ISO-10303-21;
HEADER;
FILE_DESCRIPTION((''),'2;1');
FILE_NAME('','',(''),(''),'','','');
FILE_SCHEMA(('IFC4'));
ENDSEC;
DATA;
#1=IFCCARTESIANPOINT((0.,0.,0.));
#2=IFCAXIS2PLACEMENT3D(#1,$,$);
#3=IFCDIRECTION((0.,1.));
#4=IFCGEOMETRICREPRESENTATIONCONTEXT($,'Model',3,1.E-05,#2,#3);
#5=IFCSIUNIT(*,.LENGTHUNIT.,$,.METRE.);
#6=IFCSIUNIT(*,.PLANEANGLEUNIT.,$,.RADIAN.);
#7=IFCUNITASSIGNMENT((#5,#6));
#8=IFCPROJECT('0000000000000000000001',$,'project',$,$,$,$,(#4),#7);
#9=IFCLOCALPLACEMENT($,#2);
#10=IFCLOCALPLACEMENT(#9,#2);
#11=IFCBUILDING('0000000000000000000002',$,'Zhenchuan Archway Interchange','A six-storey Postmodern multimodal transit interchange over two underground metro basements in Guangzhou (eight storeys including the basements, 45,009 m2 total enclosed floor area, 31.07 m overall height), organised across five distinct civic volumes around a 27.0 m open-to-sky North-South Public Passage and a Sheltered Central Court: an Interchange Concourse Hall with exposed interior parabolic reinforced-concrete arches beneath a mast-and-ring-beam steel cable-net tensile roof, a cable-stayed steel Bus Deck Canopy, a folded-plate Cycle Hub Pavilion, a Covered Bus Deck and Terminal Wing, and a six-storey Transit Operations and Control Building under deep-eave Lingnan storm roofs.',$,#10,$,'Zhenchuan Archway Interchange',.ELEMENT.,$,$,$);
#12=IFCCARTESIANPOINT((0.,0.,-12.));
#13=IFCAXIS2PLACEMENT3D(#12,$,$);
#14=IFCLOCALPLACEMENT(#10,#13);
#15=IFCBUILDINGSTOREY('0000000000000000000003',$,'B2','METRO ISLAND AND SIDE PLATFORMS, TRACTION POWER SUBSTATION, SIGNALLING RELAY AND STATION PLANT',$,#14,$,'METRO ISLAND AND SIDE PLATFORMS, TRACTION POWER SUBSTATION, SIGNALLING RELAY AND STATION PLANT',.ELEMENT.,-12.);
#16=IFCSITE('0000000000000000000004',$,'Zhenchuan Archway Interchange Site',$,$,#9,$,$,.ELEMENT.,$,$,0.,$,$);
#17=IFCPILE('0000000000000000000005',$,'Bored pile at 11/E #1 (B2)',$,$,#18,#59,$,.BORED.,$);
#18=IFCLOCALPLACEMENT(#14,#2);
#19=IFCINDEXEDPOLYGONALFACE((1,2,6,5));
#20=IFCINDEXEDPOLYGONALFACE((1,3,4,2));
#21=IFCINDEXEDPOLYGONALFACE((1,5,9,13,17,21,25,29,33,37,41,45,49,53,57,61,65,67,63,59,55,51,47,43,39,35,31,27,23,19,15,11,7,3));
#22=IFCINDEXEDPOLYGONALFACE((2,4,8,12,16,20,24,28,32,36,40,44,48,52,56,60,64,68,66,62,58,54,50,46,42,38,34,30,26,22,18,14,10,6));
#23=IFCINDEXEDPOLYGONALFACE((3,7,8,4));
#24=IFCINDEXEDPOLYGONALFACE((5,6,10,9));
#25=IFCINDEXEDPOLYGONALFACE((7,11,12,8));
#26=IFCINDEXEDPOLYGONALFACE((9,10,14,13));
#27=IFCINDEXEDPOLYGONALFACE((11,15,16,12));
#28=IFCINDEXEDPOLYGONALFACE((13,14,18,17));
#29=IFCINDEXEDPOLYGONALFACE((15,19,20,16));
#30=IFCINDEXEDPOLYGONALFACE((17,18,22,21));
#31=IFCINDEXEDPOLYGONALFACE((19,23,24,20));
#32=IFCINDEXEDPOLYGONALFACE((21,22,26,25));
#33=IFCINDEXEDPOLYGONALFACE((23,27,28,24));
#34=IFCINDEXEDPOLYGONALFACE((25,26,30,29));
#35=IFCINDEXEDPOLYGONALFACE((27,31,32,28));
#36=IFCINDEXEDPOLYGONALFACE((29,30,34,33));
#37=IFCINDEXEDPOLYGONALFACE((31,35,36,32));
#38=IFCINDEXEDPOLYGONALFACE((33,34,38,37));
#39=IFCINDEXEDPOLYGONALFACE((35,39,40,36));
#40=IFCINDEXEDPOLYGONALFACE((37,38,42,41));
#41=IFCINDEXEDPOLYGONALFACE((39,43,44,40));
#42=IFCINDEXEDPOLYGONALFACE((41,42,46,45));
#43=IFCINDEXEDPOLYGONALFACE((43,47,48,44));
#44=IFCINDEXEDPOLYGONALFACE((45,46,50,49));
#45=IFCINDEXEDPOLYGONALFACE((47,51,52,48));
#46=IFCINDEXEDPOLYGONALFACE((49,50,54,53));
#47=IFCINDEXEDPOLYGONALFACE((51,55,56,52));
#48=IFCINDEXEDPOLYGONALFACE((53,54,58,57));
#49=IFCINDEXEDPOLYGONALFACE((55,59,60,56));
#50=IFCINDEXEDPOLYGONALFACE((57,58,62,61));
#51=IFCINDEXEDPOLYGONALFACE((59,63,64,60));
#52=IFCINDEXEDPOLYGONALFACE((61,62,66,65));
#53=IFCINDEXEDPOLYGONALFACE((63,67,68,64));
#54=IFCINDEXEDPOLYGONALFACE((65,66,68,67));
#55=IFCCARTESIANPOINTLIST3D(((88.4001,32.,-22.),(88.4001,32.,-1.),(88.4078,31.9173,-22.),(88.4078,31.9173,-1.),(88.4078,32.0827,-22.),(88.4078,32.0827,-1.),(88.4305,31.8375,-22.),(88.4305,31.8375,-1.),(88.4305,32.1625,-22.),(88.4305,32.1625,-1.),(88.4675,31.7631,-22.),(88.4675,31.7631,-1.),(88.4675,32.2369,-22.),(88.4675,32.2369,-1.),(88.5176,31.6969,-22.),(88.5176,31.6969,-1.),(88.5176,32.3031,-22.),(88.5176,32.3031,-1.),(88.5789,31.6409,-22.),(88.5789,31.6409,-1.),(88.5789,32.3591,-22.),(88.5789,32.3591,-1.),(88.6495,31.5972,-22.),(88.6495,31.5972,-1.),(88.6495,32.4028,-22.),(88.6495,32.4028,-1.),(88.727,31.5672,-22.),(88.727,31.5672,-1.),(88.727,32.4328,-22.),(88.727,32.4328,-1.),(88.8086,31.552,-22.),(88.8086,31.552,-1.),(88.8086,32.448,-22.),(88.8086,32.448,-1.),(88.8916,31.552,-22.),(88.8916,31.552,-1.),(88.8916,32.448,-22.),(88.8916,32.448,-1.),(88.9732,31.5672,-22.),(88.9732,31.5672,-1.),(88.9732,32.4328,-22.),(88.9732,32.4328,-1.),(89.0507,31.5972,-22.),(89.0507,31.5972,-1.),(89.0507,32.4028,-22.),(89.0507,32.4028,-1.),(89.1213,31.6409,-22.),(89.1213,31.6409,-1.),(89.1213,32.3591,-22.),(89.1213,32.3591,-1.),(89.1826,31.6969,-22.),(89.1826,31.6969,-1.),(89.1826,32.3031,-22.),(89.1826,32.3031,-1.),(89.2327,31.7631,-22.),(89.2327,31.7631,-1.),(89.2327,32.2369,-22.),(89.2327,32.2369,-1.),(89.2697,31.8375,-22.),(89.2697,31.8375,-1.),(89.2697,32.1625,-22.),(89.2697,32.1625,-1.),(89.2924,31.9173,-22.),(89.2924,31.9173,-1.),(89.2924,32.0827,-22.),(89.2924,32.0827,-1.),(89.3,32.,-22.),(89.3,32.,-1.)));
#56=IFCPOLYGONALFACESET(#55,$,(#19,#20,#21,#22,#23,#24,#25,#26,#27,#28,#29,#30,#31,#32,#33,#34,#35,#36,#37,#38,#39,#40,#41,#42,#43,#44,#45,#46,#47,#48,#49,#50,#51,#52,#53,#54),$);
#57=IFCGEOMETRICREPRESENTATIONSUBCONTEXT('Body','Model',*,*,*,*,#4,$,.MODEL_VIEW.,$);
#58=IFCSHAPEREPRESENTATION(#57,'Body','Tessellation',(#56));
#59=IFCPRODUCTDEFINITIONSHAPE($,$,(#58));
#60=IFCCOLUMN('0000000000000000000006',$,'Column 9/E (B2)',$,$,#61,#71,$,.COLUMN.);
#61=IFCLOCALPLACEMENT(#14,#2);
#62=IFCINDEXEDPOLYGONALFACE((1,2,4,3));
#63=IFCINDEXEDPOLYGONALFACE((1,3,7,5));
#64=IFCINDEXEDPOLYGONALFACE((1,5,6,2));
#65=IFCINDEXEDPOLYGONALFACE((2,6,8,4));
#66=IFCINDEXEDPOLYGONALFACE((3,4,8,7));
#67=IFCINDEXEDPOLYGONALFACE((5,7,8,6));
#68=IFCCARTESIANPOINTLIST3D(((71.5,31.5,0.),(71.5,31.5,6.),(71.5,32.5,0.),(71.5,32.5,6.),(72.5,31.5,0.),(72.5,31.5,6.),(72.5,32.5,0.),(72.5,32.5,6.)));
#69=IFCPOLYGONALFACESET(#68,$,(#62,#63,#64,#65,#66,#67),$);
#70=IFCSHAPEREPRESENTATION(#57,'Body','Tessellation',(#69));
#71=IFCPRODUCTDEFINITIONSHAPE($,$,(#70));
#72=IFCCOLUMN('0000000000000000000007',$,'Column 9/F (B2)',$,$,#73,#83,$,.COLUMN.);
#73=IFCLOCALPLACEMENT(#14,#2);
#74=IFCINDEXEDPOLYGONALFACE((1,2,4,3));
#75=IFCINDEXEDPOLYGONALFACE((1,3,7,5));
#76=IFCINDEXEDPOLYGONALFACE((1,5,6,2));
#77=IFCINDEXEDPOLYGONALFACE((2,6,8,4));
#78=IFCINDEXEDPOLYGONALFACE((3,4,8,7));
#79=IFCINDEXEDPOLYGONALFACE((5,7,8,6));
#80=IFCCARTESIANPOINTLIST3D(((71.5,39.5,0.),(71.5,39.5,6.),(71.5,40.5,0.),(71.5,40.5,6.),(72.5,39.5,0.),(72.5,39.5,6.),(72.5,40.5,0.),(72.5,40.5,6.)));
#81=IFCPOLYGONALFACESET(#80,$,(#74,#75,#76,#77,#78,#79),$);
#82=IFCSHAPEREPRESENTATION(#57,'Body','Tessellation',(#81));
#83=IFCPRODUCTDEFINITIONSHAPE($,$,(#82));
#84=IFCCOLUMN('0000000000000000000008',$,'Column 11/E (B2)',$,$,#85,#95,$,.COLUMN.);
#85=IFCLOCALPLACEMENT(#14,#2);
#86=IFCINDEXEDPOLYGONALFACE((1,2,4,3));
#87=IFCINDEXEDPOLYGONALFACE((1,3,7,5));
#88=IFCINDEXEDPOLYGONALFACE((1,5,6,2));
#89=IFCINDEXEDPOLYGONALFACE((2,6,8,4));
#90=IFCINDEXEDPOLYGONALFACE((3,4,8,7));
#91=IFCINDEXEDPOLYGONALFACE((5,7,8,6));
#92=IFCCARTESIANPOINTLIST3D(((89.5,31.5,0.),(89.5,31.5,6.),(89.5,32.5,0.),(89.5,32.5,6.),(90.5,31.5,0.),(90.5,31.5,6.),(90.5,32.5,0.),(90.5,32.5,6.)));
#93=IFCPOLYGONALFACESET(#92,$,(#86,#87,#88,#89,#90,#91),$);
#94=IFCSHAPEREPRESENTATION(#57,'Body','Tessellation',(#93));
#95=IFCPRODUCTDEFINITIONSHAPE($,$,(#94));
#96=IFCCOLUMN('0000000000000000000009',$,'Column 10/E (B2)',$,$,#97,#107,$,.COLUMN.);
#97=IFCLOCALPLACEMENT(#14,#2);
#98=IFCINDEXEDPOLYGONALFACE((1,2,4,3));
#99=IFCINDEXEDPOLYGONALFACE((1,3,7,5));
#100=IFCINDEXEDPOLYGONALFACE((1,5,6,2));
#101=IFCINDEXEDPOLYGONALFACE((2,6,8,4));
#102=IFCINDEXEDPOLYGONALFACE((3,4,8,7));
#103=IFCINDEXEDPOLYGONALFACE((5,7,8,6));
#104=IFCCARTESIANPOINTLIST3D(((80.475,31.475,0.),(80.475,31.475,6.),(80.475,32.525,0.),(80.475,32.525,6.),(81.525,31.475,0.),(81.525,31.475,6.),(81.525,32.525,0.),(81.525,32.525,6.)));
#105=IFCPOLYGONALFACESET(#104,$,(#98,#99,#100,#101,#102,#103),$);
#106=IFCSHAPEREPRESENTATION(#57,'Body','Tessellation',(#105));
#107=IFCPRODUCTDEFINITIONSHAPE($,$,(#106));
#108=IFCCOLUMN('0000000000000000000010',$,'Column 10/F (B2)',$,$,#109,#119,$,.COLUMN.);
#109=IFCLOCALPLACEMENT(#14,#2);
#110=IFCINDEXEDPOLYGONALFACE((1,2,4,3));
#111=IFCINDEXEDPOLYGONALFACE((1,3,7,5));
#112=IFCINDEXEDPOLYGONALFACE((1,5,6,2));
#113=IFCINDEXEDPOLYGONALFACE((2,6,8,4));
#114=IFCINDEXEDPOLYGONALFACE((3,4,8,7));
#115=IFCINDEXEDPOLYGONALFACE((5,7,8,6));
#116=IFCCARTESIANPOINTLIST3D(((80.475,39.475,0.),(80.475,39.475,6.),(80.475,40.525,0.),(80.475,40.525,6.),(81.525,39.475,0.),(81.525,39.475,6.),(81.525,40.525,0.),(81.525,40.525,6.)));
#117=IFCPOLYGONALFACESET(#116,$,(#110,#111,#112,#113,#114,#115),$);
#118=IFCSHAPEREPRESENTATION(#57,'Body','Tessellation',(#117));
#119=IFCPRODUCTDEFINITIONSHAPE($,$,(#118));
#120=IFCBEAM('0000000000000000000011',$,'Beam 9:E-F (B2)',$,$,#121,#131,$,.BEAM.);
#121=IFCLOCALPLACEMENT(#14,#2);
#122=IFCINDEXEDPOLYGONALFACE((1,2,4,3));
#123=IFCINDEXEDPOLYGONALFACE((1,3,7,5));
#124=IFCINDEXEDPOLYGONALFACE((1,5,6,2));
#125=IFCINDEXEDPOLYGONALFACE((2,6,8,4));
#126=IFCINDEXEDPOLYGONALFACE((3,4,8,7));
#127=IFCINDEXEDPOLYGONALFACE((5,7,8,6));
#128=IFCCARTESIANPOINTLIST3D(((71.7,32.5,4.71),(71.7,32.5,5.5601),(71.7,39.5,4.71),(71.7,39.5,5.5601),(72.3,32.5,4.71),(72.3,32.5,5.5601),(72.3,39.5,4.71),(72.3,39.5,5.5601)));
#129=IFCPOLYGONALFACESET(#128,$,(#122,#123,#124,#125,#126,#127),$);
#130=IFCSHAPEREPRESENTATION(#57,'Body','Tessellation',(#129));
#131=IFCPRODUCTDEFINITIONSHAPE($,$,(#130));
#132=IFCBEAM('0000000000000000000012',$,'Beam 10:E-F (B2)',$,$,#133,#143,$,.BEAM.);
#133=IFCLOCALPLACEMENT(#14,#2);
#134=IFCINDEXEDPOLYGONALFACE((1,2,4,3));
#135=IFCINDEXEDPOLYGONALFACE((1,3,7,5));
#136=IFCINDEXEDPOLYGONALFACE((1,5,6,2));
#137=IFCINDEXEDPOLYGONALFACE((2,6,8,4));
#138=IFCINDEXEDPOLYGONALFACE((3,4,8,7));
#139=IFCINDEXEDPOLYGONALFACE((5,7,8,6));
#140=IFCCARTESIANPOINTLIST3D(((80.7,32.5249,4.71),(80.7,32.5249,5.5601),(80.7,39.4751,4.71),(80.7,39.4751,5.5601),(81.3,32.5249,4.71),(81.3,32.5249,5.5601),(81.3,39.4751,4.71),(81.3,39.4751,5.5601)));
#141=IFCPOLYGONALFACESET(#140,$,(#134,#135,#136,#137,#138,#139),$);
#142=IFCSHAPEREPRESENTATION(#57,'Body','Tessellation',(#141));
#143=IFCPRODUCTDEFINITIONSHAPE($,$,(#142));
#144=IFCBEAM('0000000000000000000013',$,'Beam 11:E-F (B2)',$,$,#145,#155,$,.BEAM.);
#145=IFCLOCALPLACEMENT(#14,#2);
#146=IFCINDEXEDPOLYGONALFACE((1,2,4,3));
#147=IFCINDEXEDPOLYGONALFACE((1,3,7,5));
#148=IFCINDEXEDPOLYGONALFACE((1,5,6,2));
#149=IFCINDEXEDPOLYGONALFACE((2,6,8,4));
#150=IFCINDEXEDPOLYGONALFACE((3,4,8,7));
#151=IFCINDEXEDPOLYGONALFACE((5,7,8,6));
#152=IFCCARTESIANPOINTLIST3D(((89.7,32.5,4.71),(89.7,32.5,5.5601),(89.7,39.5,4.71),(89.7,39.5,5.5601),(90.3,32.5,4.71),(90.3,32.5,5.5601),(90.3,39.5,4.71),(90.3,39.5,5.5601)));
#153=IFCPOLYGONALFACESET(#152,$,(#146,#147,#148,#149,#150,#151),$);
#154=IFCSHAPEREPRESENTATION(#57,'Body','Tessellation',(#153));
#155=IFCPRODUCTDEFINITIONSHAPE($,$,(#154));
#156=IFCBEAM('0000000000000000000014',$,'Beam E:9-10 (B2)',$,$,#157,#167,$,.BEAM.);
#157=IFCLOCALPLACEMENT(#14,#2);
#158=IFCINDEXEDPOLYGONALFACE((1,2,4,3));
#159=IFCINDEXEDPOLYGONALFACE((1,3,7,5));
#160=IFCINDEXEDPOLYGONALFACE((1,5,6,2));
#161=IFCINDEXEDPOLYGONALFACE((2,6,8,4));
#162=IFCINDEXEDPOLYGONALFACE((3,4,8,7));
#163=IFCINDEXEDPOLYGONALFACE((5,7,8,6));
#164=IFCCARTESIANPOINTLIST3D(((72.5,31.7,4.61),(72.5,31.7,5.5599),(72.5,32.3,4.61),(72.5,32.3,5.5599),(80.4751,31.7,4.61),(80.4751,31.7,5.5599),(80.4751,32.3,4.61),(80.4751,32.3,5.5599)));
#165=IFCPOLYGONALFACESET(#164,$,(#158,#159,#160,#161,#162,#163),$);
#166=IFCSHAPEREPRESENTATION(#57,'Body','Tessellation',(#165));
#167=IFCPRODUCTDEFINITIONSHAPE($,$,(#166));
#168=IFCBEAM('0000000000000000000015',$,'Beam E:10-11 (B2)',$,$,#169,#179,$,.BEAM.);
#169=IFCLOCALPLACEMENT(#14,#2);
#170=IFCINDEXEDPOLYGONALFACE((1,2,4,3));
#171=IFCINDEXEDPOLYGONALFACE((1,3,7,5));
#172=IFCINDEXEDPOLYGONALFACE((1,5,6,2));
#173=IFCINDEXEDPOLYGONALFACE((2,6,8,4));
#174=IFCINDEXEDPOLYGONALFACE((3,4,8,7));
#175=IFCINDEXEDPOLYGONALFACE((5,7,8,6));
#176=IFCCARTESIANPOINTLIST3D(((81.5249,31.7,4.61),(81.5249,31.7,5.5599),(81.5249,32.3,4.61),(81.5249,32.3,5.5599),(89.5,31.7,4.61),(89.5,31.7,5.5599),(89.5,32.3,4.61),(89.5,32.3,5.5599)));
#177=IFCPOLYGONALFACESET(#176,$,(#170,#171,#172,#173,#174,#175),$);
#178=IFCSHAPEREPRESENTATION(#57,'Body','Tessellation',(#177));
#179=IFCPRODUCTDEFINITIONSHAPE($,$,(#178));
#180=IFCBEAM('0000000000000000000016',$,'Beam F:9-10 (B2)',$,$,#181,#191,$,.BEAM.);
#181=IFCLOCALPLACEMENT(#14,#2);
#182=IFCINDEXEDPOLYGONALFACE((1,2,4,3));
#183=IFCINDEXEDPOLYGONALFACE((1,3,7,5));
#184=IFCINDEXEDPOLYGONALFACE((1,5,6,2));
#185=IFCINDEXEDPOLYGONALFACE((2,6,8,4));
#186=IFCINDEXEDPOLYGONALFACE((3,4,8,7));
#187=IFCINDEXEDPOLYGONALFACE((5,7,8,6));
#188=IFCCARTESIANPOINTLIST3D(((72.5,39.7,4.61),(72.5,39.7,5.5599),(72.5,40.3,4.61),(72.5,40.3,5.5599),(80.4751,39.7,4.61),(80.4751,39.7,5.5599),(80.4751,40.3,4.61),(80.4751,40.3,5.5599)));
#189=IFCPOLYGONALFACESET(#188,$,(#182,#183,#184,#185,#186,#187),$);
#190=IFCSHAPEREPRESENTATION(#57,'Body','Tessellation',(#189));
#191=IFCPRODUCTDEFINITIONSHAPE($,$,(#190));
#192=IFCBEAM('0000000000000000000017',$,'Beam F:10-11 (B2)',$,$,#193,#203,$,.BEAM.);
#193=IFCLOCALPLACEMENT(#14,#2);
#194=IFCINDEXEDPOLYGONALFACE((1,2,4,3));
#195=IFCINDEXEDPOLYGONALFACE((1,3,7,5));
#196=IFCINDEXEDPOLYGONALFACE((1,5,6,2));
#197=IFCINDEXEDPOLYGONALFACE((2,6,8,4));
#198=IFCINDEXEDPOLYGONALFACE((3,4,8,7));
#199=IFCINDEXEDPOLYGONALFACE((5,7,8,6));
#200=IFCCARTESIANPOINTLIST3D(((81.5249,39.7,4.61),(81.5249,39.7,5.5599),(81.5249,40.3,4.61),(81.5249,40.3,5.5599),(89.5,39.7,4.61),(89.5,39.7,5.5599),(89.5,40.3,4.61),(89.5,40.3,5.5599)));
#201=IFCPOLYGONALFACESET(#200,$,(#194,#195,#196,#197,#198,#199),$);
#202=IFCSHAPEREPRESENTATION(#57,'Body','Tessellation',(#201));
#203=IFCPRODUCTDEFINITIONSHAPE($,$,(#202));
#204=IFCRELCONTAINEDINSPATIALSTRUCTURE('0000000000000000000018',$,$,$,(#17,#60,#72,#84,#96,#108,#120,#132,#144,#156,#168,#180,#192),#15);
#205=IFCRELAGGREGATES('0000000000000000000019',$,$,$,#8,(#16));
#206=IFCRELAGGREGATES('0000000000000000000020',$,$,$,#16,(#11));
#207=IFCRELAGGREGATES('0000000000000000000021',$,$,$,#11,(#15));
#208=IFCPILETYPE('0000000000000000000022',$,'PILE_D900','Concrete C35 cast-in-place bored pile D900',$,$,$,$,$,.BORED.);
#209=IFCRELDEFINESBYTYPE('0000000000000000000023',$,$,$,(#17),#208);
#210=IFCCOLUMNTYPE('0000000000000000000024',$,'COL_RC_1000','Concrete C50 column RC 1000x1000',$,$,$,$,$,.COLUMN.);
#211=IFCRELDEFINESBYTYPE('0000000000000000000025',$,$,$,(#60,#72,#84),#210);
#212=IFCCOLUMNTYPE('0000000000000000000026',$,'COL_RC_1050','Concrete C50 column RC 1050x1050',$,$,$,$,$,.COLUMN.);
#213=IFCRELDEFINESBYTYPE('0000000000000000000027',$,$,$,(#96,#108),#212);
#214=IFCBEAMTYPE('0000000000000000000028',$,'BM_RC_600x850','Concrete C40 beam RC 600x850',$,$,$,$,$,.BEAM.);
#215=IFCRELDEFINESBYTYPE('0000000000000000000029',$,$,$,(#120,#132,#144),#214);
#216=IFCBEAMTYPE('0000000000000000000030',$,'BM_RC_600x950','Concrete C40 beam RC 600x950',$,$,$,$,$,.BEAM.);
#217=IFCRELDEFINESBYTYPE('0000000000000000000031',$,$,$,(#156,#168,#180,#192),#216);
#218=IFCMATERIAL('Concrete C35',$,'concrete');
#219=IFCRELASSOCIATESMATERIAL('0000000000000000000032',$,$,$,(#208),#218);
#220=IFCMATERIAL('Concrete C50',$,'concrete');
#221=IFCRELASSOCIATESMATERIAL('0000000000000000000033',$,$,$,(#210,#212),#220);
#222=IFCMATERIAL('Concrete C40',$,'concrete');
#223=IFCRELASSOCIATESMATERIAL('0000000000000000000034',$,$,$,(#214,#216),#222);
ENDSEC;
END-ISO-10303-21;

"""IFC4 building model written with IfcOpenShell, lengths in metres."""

from ifc_helpers import new_model, si_unit, direction, frame, origin, origin_2d, place, context, subcontext, project, spatial, rectangle, circle, extrude, material, material_profile, profile_set, type_object, element, save


model = new_model("IFC4")

# Units and contexts
model_context = context("Model", 3, precision=1e-05, world=origin(), true_north=direction((0.0, 1.0)))
body_context = subcontext(model_context, "Body", "Model", "MODEL_VIEW")
ifc_project = project(units=[si_unit("LENGTHUNIT", "METRE"), si_unit("PLANEANGLEUNIT", "RADIAN")], contexts=[model_context])

# Site, building, storey
site_placement = place(None, origin())
site = spatial("IfcSite", under=ifc_project, at=site_placement, Name="Zhenchuan Archway Interchange Site", CompositionType="ELEMENT", RefElevation=0.0)
building_placement = place(site_placement, origin())
building = spatial("IfcBuilding", under=site, at=building_placement, Name="Zhenchuan Archway Interchange", Description="A six-storey Postmodern multimodal transit interchange over two underground metro basements in Guangzhou (eight storeys including the basements, 45,009 m2 total enclosed floor area, 31.07 m overall height), organised across five distinct civic volumes around a 27.0 m open-to-sky North-South Public Passage and a Sheltered Central Court: an Interchange Concourse Hall with exposed interior parabolic reinforced-concrete arches beneath a mast-and-ring-beam steel cable-net tensile roof, a cable-stayed steel Bus Deck Canopy, a folded-plate Cycle Hub Pavilion, a Covered Bus Deck and Terminal Wing, and a six-storey Transit Operations and Control Building under deep-eave Lingnan storm roofs.", LongName="Zhenchuan Archway Interchange", CompositionType="ELEMENT")
storey_placement = place(building_placement, frame((0.0, 0.0, -12.0)))
storey = spatial("IfcBuildingStorey", under=building, at=storey_placement, Name="B2", Description="METRO ISLAND AND SIDE PLATFORMS, TRACTION POWER SUBSTATION, SIGNALLING RELAY AND STATION PLANT", LongName="METRO ISLAND AND SIDE PLATFORMS, TRACTION POWER SUBSTATION, SIGNALLING RELAY AND STATION PLANT", CompositionType="ELEMENT", Elevation=-12.0)

# Shared definitions
ifc_material_1 = material(Name="Concrete C40", Category="concrete")

# Pile
ifc_material_2 = material(Name="Concrete C35", Category="concrete")
ifc_material_profile_1 = material_profile(ifc_material_2, circle(Radius=0.45, at=origin_2d()), Name="BORED PILE 900")
ifc_profile_set_1 = profile_set([ifc_material_profile_1], Name="Concrete C35")
pile_type_1 = type_object("IfcPileType", Name="PILE_D900", Description="Concrete C35 cast-in-place bored pile D900", PredefinedType="BORED", material=ifc_profile_set_1)
for number, where, z_axis, x_axis, name in (
    (1, (88.8501, 32.0, -1.0), (0.0, 0.0, -1.0), (1.0, 0.0, 0.0), "Bored pile at 11/E #1 (B2)"),
):
    element("IfcPile", number, at=place(storey_placement, frame(where, z_axis=z_axis, x_axis=x_axis)), inside=storey, type_object=pile_type_1, Name=name, PredefinedType="BORED", context=body_context, shape_type="SweptSolid", body=[
        extrude(circle(Radius=0.45, at=origin_2d()), origin(), (0.0, 0.0, 1.0), 21.0),
    ])

# Columns
ifc_material_3 = material(Name="Concrete C50", Category="concrete")
ifc_material_profile_2 = material_profile(ifc_material_3, rectangle(XDim=1.0, YDim=1.0, at=origin_2d()), Name="RC 1000x1000")
ifc_profile_set_2 = profile_set([ifc_material_profile_2], Name="Concrete C50")
column_type_1 = type_object("IfcColumnType", Name="COL_RC_1000", Description="Concrete C50 column RC 1000x1000", PredefinedType="COLUMN", material=ifc_profile_set_2)
for number, where, z_axis, x_axis, name in (
    (2, (72.0, 32.0, 0.0), (0.0, 0.0, 1.0), (1.0, 0.0, 0.0), "Column 9/E (B2)"),
    (3, (72.0, 40.0, 0.0), (0.0, 0.0, 1.0), (1.0, 0.0, 0.0), "Column 9/F (B2)"),
    (4, (90.0, 32.0, 0.0), (0.0, 0.0, 1.0), (1.0, 0.0, 0.0), "Column 11/E (B2)"),
):
    element("IfcColumn", number, at=place(storey_placement, frame(where, z_axis=z_axis, x_axis=x_axis)), inside=storey, type_object=column_type_1, Name=name, PredefinedType="COLUMN", context=body_context, shape_type="SweptSolid", body=[
        extrude(rectangle(XDim=1.0, YDim=1.0, at=origin_2d()), origin(), (0.0, 0.0, 1.0), 6.0),
    ])
ifc_material_profile_3 = material_profile(ifc_material_3, rectangle(XDim=1.05, YDim=1.05, at=origin_2d()), Name="RC 1050x1050")
ifc_profile_set_3 = profile_set([ifc_material_profile_3], Name="Concrete C50")
column_type_2 = type_object("IfcColumnType", Name="COL_RC_1050", Description="Concrete C50 column RC 1050x1050", PredefinedType="COLUMN", material=ifc_profile_set_3)
for number, where, z_axis, x_axis, name in (
    (5, (81.0, 32.0, 0.0), (0.0, 0.0, 1.0), (1.0, 0.0, 0.0), "Column 10/E (B2)"),
    (6, (81.0, 40.0, 0.0), (0.0, 0.0, 1.0), (1.0, 0.0, 0.0), "Column 10/F (B2)"),
):
    element("IfcColumn", number, at=place(storey_placement, frame(where, z_axis=z_axis, x_axis=x_axis)), inside=storey, type_object=column_type_2, Name=name, PredefinedType="COLUMN", context=body_context, shape_type="SweptSolid", body=[
        extrude(rectangle(XDim=1.05, YDim=1.05, at=origin_2d()), origin(), (0.0, 0.0, 1.0), 6.0),
    ])

# Beams
ifc_material_profile_4 = material_profile(ifc_material_1, rectangle(XDim=0.6001, YDim=0.8501, at=origin_2d()), Name="RC 600x850")
ifc_profile_set_4 = profile_set([ifc_material_profile_4], Name="Concrete C40")
beam_type_1 = type_object("IfcBeamType", Name="BM_RC_600x850", Description="Concrete C40 beam RC 600x850", PredefinedType="BEAM", material=ifc_profile_set_4)
beam_1_placement = place(storey_placement, frame((72.0, 32.5, 5.135), z_axis=(0.0, 1.0, 0.0), x_axis=(-1.0, 0.0, 0.0)))
element("IfcBeam", 7, at=beam_1_placement, inside=storey, type_object=beam_type_1, Name="Beam 9:E-F (B2)", PredefinedType="BEAM", context=body_context, shape_type="SweptSolid", body=[
    extrude(rectangle(XDim=0.6001, YDim=0.8501, at=origin_2d()), origin(), (0.0, 0.0, 1.0), 7.0),
])
beam_2_placement = place(storey_placement, frame((81.0, 32.5249, 5.135), z_axis=(0.0, 1.0, 0.0), x_axis=(-1.0, 0.0, 0.0)))
element("IfcBeam", 8, at=beam_2_placement, inside=storey, type_object=beam_type_1, Name="Beam 10:E-F (B2)", PredefinedType="BEAM", context=body_context, shape_type="SweptSolid", body=[
    extrude(rectangle(XDim=0.6001, YDim=0.8501, at=origin_2d()), origin(), (0.0, 0.0, 1.0), 6.9502),
])
beam_3_placement = place(storey_placement, frame((90.0, 32.5, 5.135), z_axis=(0.0, 1.0, 0.0), x_axis=(-1.0, 0.0, 0.0)))
element("IfcBeam", 9, at=beam_3_placement, inside=storey, type_object=beam_type_1, Name="Beam 11:E-F (B2)", PredefinedType="BEAM", context=body_context, shape_type="SweptSolid", body=[
    extrude(rectangle(XDim=0.6001, YDim=0.8501, at=origin_2d()), origin(), (0.0, 0.0, 1.0), 7.0),
])
ifc_material_profile_5 = material_profile(ifc_material_1, rectangle(XDim=0.6001, YDim=0.95, at=origin_2d()), Name="RC 600x950")
ifc_profile_set_5 = profile_set([ifc_material_profile_5], Name="Concrete C40")
beam_type_2 = type_object("IfcBeamType", Name="BM_RC_600x950", Description="Concrete C40 beam RC 600x950", PredefinedType="BEAM", material=ifc_profile_set_5)
for number, where, z_axis, x_axis, name in (
    (10, (72.5, 32.0, 5.085), (1.0, 0.0, 0.0), (0.0, 1.0, 0.0), "Beam E:9-10 (B2)"),
    (11, (81.5249, 32.0, 5.085), (1.0, 0.0, 0.0), (0.0, 1.0, 0.0), "Beam E:10-11 (B2)"),
    (12, (72.5, 40.0, 5.085), (1.0, 0.0, 0.0), (0.0, 1.0, 0.0), "Beam F:9-10 (B2)"),
    (13, (81.5249, 40.0, 5.085), (1.0, 0.0, 0.0), (0.0, 1.0, 0.0), "Beam F:10-11 (B2)"),
):
    element("IfcBeam", number, at=place(storey_placement, frame(where, z_axis=z_axis, x_axis=x_axis)), inside=storey, type_object=beam_type_2, Name=name, PredefinedType="BEAM", context=body_context, shape_type="SweptSolid", body=[
        extrude(rectangle(XDim=0.6001, YDim=0.95, at=origin_2d()), origin(), (0.0, 0.0, 1.0), 7.9751),
    ])

save(model, "model.ifc")
